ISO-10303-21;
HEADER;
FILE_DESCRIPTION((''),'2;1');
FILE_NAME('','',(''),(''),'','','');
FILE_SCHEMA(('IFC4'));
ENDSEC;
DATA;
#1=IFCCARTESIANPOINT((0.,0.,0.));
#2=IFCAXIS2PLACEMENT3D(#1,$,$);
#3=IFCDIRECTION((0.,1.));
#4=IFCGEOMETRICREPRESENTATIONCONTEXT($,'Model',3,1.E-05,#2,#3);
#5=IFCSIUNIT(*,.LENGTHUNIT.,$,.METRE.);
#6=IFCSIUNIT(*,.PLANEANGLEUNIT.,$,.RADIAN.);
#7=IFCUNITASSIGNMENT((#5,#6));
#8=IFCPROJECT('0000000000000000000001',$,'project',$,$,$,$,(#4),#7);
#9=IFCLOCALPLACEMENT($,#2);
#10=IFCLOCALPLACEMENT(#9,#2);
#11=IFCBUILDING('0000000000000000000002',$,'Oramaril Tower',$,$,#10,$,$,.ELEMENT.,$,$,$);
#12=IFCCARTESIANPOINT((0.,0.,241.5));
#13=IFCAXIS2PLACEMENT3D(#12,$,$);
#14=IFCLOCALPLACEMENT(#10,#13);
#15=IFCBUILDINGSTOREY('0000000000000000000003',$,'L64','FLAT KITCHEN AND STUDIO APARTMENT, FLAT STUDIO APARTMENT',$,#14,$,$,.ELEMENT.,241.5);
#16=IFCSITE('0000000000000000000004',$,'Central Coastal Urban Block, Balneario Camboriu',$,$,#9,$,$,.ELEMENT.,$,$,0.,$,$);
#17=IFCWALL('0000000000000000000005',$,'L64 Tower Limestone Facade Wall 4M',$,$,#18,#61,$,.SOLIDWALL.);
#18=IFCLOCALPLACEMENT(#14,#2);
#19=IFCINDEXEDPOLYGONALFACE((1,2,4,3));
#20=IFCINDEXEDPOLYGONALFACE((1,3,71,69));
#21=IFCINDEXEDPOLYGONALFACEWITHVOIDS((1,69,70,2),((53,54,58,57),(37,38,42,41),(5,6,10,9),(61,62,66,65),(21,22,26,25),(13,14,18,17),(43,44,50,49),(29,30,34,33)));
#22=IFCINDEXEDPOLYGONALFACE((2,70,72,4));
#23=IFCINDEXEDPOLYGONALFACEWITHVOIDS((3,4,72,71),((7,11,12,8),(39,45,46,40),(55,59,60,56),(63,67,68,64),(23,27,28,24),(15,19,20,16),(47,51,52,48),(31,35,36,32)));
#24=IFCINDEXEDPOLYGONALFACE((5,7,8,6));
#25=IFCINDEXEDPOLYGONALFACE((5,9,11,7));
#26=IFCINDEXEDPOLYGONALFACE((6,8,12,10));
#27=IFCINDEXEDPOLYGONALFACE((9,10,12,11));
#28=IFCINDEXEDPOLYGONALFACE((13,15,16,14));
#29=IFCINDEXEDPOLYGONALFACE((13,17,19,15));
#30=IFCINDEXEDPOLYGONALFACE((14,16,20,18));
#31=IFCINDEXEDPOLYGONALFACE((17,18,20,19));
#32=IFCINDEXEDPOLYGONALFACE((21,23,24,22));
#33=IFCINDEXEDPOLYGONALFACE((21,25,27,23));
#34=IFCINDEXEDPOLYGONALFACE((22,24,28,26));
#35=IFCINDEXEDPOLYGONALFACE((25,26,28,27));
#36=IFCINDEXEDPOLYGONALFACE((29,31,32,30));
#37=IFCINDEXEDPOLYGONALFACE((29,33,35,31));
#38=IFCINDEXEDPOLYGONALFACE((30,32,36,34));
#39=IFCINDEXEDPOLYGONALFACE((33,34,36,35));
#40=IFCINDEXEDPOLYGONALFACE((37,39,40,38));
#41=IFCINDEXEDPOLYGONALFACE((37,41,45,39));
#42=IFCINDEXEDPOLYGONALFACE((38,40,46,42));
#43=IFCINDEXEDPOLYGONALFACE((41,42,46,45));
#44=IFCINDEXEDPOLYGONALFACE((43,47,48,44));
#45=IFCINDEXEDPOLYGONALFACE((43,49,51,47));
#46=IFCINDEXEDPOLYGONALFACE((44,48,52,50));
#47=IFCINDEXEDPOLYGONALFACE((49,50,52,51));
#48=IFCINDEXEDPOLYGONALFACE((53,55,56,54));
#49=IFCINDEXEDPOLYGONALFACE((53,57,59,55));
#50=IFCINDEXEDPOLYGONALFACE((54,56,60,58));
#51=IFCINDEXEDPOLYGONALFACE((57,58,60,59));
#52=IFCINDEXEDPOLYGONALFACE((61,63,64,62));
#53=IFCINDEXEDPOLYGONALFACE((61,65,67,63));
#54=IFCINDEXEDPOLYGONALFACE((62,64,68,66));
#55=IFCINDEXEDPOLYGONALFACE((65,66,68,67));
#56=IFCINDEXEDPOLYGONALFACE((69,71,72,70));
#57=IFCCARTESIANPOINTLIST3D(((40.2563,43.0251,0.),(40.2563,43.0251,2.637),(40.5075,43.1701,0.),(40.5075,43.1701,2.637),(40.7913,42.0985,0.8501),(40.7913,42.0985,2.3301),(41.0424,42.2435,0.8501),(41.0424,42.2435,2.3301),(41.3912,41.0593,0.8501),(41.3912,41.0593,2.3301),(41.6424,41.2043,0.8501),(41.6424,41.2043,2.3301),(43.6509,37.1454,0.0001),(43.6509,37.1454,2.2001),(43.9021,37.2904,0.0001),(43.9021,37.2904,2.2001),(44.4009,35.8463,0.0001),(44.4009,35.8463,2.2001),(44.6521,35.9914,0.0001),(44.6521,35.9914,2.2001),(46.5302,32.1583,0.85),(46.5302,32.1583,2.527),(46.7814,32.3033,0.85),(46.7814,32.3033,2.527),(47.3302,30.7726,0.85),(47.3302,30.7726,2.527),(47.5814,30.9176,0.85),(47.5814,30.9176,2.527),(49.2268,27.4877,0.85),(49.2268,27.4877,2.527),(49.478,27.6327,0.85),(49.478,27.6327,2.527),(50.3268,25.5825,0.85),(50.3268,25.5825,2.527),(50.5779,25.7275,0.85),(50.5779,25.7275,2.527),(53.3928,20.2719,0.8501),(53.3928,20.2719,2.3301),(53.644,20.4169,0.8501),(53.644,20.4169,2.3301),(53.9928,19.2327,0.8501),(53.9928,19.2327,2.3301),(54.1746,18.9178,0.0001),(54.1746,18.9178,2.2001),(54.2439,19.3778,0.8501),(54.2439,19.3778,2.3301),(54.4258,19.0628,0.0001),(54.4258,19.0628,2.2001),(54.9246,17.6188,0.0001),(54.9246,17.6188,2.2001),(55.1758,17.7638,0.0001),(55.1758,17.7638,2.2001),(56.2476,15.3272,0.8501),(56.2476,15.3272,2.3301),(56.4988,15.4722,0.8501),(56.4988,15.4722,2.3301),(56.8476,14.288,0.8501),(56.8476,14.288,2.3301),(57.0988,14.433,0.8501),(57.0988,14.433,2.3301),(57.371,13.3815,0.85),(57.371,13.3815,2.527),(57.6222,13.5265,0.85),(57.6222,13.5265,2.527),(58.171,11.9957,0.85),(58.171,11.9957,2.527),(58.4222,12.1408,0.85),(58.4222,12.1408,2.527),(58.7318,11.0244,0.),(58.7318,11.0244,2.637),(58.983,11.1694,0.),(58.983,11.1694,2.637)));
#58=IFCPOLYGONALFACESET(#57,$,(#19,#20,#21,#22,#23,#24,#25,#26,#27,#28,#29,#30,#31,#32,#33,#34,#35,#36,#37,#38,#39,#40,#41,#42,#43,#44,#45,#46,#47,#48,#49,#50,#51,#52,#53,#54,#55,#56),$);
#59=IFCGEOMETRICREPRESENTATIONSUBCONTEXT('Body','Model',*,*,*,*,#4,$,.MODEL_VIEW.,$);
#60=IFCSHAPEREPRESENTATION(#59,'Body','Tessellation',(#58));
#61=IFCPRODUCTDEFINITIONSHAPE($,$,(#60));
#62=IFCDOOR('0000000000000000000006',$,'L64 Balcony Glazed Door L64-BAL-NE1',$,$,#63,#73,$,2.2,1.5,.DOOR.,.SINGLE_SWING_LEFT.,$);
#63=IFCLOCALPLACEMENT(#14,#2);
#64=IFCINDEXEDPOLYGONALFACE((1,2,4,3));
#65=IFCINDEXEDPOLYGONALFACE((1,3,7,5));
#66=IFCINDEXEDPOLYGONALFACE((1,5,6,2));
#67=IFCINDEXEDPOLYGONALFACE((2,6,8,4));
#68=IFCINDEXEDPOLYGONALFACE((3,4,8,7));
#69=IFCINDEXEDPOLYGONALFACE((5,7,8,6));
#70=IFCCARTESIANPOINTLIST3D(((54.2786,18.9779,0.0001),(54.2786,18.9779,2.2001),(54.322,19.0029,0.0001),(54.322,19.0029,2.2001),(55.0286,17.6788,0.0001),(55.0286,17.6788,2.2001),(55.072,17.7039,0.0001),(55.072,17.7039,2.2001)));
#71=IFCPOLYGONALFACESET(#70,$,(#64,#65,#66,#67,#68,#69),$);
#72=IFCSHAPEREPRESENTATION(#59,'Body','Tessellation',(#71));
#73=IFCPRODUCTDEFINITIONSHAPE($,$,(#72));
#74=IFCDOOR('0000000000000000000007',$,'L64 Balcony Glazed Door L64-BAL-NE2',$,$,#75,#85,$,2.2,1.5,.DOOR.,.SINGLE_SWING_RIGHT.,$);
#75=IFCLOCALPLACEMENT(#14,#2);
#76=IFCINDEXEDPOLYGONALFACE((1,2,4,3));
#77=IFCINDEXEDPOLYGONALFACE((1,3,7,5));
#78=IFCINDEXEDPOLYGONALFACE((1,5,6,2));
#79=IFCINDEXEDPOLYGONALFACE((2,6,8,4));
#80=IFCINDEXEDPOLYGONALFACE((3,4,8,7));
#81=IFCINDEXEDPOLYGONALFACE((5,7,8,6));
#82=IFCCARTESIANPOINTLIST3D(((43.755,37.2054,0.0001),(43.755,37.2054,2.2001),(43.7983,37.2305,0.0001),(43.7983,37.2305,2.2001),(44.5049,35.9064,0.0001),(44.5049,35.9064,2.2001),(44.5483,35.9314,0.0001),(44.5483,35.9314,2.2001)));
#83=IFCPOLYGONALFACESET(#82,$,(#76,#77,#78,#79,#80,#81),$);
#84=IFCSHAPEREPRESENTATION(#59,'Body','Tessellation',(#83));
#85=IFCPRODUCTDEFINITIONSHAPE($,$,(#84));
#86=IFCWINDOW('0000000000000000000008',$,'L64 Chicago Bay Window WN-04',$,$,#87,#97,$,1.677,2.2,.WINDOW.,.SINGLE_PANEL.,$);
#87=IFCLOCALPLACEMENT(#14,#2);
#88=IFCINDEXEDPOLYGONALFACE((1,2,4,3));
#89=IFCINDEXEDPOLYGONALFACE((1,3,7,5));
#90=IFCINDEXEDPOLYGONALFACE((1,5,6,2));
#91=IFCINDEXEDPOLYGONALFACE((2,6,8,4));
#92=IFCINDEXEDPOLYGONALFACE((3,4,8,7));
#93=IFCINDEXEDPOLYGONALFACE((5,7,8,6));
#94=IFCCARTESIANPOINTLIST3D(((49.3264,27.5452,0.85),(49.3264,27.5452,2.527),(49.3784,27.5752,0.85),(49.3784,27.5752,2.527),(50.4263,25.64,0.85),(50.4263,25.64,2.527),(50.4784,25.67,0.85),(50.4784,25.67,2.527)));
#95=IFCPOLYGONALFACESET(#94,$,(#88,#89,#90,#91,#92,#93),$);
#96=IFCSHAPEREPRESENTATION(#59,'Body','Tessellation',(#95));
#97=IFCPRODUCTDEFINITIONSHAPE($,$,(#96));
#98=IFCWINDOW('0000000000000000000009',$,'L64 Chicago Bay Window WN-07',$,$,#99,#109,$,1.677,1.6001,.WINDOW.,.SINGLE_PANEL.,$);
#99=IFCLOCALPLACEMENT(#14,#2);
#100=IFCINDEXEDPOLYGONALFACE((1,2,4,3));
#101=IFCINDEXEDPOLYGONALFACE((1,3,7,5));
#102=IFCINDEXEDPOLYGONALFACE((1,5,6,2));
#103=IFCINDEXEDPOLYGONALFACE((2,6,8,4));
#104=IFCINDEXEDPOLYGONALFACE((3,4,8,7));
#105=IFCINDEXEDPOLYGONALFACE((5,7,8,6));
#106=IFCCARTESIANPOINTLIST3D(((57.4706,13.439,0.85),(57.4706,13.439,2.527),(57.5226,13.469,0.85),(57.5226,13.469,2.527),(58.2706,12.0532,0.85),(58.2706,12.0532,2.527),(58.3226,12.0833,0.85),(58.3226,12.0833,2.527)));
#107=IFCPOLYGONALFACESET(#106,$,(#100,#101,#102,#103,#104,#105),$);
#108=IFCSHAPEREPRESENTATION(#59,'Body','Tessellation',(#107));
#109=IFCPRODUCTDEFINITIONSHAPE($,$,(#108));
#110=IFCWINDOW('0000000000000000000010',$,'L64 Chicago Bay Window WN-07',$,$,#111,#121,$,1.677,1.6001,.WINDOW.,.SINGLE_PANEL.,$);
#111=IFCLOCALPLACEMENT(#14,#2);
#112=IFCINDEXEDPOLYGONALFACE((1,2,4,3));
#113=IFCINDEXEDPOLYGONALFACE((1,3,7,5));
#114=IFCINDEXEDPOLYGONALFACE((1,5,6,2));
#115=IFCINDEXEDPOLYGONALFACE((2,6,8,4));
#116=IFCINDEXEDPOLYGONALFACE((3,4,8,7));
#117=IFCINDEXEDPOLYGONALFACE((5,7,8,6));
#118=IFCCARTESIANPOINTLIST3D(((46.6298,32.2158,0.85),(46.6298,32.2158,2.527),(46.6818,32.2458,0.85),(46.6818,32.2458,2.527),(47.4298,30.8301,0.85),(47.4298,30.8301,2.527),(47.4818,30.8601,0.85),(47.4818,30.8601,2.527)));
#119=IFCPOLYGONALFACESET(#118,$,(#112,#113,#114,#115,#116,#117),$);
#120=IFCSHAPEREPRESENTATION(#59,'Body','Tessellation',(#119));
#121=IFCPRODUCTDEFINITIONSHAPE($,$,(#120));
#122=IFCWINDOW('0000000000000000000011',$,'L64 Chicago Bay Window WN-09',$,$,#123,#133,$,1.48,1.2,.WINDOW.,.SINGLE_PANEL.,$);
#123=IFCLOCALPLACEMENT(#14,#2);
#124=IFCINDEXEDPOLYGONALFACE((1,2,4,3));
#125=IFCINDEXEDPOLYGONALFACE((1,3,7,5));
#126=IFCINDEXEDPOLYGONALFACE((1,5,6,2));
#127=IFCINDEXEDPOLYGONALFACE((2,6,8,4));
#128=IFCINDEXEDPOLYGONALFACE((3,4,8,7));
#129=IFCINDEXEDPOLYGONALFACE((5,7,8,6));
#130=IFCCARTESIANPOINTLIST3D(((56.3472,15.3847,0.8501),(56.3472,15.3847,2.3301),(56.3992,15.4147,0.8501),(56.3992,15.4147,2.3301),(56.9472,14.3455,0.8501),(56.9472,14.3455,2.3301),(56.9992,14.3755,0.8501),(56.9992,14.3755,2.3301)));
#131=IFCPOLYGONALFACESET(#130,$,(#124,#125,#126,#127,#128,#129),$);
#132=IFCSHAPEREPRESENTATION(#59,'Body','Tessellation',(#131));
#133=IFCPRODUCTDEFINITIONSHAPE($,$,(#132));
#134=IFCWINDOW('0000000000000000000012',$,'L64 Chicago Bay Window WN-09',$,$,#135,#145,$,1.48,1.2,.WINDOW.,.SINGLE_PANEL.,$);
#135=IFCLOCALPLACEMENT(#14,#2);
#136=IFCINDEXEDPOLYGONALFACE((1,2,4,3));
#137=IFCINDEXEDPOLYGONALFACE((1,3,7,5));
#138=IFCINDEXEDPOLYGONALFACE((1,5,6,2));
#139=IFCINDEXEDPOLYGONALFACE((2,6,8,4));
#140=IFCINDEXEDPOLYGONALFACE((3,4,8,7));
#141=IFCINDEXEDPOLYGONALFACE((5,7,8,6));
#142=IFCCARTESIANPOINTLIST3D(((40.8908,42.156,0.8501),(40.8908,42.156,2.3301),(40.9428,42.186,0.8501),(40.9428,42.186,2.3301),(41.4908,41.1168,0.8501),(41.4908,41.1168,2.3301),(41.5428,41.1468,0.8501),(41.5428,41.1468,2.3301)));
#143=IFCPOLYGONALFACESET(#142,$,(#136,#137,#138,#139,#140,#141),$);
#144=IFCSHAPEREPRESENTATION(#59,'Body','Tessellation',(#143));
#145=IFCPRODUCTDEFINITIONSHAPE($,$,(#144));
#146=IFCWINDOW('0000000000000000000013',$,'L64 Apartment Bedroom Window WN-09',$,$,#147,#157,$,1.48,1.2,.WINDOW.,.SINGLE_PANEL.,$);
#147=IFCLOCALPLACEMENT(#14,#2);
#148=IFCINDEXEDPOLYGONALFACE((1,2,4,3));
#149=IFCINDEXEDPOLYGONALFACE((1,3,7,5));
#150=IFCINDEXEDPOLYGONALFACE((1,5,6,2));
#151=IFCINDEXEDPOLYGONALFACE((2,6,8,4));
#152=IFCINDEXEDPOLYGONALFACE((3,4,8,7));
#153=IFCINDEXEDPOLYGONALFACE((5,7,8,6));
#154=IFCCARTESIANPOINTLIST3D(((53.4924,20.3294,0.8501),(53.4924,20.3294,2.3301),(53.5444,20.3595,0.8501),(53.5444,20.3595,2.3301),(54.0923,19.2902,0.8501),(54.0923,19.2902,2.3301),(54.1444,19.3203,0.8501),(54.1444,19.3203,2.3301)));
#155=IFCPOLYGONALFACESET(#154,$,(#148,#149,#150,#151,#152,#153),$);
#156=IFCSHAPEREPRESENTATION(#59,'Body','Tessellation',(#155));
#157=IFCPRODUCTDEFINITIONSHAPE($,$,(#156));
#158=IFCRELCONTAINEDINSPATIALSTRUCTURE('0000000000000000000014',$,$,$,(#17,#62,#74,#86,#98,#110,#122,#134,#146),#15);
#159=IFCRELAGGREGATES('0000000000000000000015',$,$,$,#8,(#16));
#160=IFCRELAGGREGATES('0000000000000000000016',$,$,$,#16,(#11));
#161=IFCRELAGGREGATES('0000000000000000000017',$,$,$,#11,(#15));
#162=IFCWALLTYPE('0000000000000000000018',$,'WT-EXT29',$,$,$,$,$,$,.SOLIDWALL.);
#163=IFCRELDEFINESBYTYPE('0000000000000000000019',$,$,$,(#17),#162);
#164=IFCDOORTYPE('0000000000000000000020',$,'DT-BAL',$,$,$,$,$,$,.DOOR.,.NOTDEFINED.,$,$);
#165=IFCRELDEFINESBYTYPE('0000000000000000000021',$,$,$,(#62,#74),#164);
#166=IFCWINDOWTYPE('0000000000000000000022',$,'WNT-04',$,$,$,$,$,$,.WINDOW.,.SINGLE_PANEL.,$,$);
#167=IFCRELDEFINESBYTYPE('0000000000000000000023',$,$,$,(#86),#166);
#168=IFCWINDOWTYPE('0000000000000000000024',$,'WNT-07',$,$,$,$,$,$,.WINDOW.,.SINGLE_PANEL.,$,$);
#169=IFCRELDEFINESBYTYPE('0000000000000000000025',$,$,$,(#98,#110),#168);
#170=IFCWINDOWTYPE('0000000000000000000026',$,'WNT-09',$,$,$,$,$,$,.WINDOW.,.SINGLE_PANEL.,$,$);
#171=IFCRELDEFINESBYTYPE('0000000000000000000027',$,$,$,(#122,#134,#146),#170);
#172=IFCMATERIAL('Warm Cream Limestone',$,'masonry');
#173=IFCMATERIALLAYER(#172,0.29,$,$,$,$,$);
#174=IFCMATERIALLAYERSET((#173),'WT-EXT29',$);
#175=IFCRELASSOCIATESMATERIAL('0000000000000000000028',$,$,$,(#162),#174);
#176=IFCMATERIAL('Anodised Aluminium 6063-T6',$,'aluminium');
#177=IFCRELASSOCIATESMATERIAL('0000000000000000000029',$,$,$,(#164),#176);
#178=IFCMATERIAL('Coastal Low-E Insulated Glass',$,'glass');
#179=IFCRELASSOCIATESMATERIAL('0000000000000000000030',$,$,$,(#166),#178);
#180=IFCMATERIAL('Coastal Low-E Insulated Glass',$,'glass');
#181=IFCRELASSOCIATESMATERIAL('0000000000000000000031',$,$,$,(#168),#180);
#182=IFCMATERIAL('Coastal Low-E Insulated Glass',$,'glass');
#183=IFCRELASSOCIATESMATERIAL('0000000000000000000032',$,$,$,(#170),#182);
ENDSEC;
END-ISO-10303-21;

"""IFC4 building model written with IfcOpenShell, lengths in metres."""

from ifc_helpers import new_model, si_unit, direction, frame, frame_2d, origin, place, context, subcontext, project, spatial, rectangle, extrude, material, layer, layer_set, type_object, element, fill, save


model = new_model("IFC4")

# Units and contexts
model_context = context("Model", 3, precision=1e-05, world=origin(), true_north=direction((0.0, 1.0)))
body_context = subcontext(model_context, "Body", "Model", "MODEL_VIEW")
ifc_project = project(units=[si_unit("LENGTHUNIT", "METRE"), si_unit("PLANEANGLEUNIT", "RADIAN")], contexts=[model_context])

# Site, building, storey
site_placement = place(None, origin())
site = spatial("IfcSite", under=ifc_project, at=site_placement, Name="Central Coastal Urban Block, Balneario Camboriu", CompositionType="ELEMENT", RefElevation=0.0)
building_placement = place(site_placement, origin())
building = spatial("IfcBuilding", under=site, at=building_placement, Name="Oramaril Tower", CompositionType="ELEMENT")
storey_placement = place(building_placement, frame((0.0, 0.0, 241.5)))
storey = spatial("IfcBuildingStorey", under=building, at=storey_placement, Name="L64", Description="FLAT KITCHEN AND STUDIO APARTMENT, FLAT STUDIO APARTMENT", CompositionType="ELEMENT", Elevation=241.5)

# Wall, openings, doors, windows
ifc_material_1 = material(Name="Warm Cream Limestone", Category="masonry")
ifc_layer_1 = layer(ifc_material_1, 0.29)
ifc_layer_set_1 = layer_set([ifc_layer_1], Name="WT-EXT29")
wall_type_1 = type_object("IfcWallType", Name="WT-EXT29", PredefinedType="SOLIDWALL", material=ifc_layer_set_1)
wall_1_placement = place(storey_placement, frame((58.8574, 11.0969, 0.0), z_axis=(0.0, 0.0, 1.0), x_axis=(-0.499999, 0.866026, 0.0)))
wall_1 = element("IfcWall", 1, at=wall_1_placement, inside=storey, type_object=wall_type_1, Name="L64 Tower Limestone Facade Wall 4M", PredefinedType="SOLIDWALL", context=body_context, shape_type="SweptSolid", body=[
    extrude(rectangle(XDim=36.9512, YDim=0.29, at=frame_2d((18.4756, 0.0))), origin(), (0.0, 0.0, 1.0), 2.637),
])
opening_1_placement = place(wall_1_placement, frame((7.6145, 0.0, 0.0)))
opening_1 = element("IfcOpeningElement", 2, at=opening_1_placement, cuts=wall_1, PredefinedType="OPENING", context=body_context, shape_type="SweptSolid", body=[
    extrude(rectangle(XDim=1.5, YDim=2.2, at=frame_2d((0.75, 1.1001))), frame((0.0, 0.145, 0.0), z_axis=(0.0, -1.0, 0.0), x_axis=(1.0, 0.0, 0.0)), (0.0, 0.0, 1.0), 0.29),
])
opening_2_placement = place(wall_1_placement, frame((28.6619, 0.0, 0.0)))
opening_2 = element("IfcOpeningElement", 3, at=opening_2_placement, cuts=wall_1, PredefinedType="OPENING", context=body_context, shape_type="SweptSolid", body=[
    extrude(rectangle(XDim=1.5, YDim=2.2, at=frame_2d((0.75, 1.1001))), frame((0.0, 0.145, 0.0), z_axis=(0.0, -1.0, 0.0), x_axis=(1.0, 0.0, 0.0)), (0.0, 0.0, 1.0), 0.29),
])
opening_3_placement = place(wall_1_placement, frame((3.7683, 0.0, 0.8501)))
opening_3 = element("IfcOpeningElement", 4, at=opening_3_placement, cuts=wall_1, PredefinedType="OPENING", context=body_context, shape_type="SweptSolid", body=[
    extrude(rectangle(XDim=1.2, YDim=1.48, at=frame_2d((0.6001, 0.74))), frame((0.0, 0.145, 0.0), z_axis=(0.0, -1.0, 0.0), x_axis=(1.0, 0.0, 0.0)), (0.0, 0.0, 1.0), 0.29),
])
opening_4_placement = place(wall_1_placement, frame((1.1216, 0.0, 0.8501)))
opening_4 = element("IfcOpeningElement", 5, at=opening_4_placement, cuts=wall_1, PredefinedType="OPENING", context=body_context, shape_type="SweptSolid", body=[
    extrude(rectangle(XDim=1.6001, YDim=1.677, at=frame_2d((0.8, 0.8384))), frame((0.0, 0.145, 0.0), z_axis=(0.0, -1.0, 0.0), x_axis=(1.0, 0.0, 0.0)), (0.0, 0.0, 1.0), 0.29),
])
opening_5_placement = place(wall_1_placement, frame((34.6812, 0.0, 0.8501)))
opening_5 = element("IfcOpeningElement", 6, at=opening_5_placement, cuts=wall_1, PredefinedType="OPENING", context=body_context, shape_type="SweptSolid", body=[
    extrude(rectangle(XDim=1.2, YDim=1.48, at=frame_2d((0.6001, 0.74))), frame((0.0, 0.145, 0.0), z_axis=(0.0, -1.0, 0.0), x_axis=(1.0, 0.0, 0.0)), (0.0, 0.0, 1.0), 0.29),
])
opening_6_placement = place(wall_1_placement, frame((16.8101, 0.0, 0.8501)))
opening_6 = element("IfcOpeningElement", 7, at=opening_6_placement, cuts=wall_1, PredefinedType="OPENING", context=body_context, shape_type="SweptSolid", body=[
    extrude(rectangle(XDim=2.2, YDim=1.677, at=frame_2d((1.1001, 0.8384))), frame((0.0, 0.145, 0.0), z_axis=(0.0, -1.0, 0.0), x_axis=(1.0, 0.0, 0.0)), (0.0, 0.0, 1.0), 0.29),
])
opening_7_placement = place(wall_1_placement, frame((22.8032, 0.0, 0.8501)))
opening_7 = element("IfcOpeningElement", 8, at=opening_7_placement, cuts=wall_1, PredefinedType="OPENING", context=body_context, shape_type="SweptSolid", body=[
    extrude(rectangle(XDim=1.6001, YDim=1.677, at=frame_2d((0.8, 0.8384))), frame((0.0, 0.145, 0.0), z_axis=(0.0, -1.0, 0.0), x_axis=(1.0, 0.0, 0.0)), (0.0, 0.0, 1.0), 0.29),
])
opening_8_placement = place(wall_1_placement, frame((9.478, 0.0, 0.8501)))
opening_8 = element("IfcOpeningElement", 9, at=opening_8_placement, cuts=wall_1, PredefinedType="OPENING", context=body_context, shape_type="SweptSolid", body=[
    extrude(rectangle(XDim=1.2, YDim=1.48, at=frame_2d((0.6001, 0.74))), frame((0.0, 0.145, 0.0), z_axis=(0.0, -1.0, 0.0), x_axis=(1.0, 0.0, 0.0)), (0.0, 0.0, 1.0), 0.29),
])
ifc_material_2 = material(Name="Anodised Aluminium 6063-T6", Category="aluminium")
door_type = type_object("IfcDoorType", Name="DT-BAL", OperationType="NOTDEFINED", PredefinedType="DOOR", material=ifc_material_2)
door_1_placement = place(opening_1_placement, origin())
door_1 = element("IfcDoor", 10, at=door_1_placement, inside=storey, type_object=door_type, Name="L64 Balcony Glazed Door L64-BAL-NE1", OperationType="SINGLE_SWING_LEFT", OverallHeight=2.2, OverallWidth=1.5, PredefinedType="DOOR", context=body_context, shape_type="SweptSolid", body=[
    extrude(rectangle(XDim=1.5, YDim=2.2, at=frame_2d((0.75, 1.1001))), frame((0.0, 0.0249, 0.0), z_axis=(0.0, -1.0, 0.0), x_axis=(1.0, 0.0, 0.0)), (0.0, 0.0, 1.0), 0.05),
])
fill(opening_1, door_1)
door_2_placement = place(opening_2_placement, origin())
door_2 = element("IfcDoor", 11, at=door_2_placement, inside=storey, type_object=door_type, Name="L64 Balcony Glazed Door L64-BAL-NE2", OperationType="SINGLE_SWING_RIGHT", OverallHeight=2.2, OverallWidth=1.5, PredefinedType="DOOR", context=body_context, shape_type="SweptSolid", body=[
    extrude(rectangle(XDim=1.5, YDim=2.2, at=frame_2d((0.75, 1.1001))), frame((0.0, 0.0249, 0.0), z_axis=(0.0, -1.0, 0.0), x_axis=(1.0, 0.0, 0.0)), (0.0, 0.0, 1.0), 0.05),
])
fill(opening_2, door_2)
ifc_material_3 = material(Name="Coastal Low-E Insulated Glass", Category="glass")
window_type_1 = type_object("IfcWindowType", Name="WNT-04", PartitioningType="SINGLE_PANEL", PredefinedType="WINDOW", material=ifc_material_3)
window_1_placement = place(opening_6_placement, origin())
window_1 = element("IfcWindow", 12, at=window_1_placement, inside=storey, type_object=window_type_1, Name="L64 Chicago Bay Window WN-04", OverallHeight=1.677, OverallWidth=2.2, PartitioningType="SINGLE_PANEL", PredefinedType="WINDOW", context=body_context, shape_type="SweptSolid", body=[
    extrude(rectangle(XDim=2.2, YDim=1.677, at=frame_2d((1.1001, 0.8384))), frame((0.0, 0.03, 0.0), z_axis=(0.0, -1.0, 0.0), x_axis=(1.0, 0.0, 0.0)), (0.0, 0.0, 1.0), 0.0601),
])
fill(opening_6, window_1)
ifc_material_4 = material(Name="Coastal Low-E Insulated Glass", Category="glass")
window_type_2 = type_object("IfcWindowType", Name="WNT-07", PartitioningType="SINGLE_PANEL", PredefinedType="WINDOW", material=ifc_material_4)
window_2_placement = place(opening_4_placement, origin())
window_2 = element("IfcWindow", 13, at=window_2_placement, inside=storey, type_object=window_type_2, Name="L64 Chicago Bay Window WN-07", OverallHeight=1.677, OverallWidth=1.6001, PartitioningType="SINGLE_PANEL", PredefinedType="WINDOW", context=body_context, shape_type="SweptSolid", body=[
    extrude(rectangle(XDim=1.6001, YDim=1.677, at=frame_2d((0.8, 0.8384))), frame((0.0, 0.03, 0.0), z_axis=(0.0, -1.0, 0.0), x_axis=(1.0, 0.0, 0.0)), (0.0, 0.0, 1.0), 0.0601),
])
fill(opening_4, window_2)
window_3_placement = place(opening_7_placement, origin())
window_3 = element("IfcWindow", 14, at=window_3_placement, inside=storey, type_object=window_type_2, Name="L64 Chicago Bay Window WN-07", OverallHeight=1.677, OverallWidth=1.6001, PartitioningType="SINGLE_PANEL", PredefinedType="WINDOW", context=body_context, shape_type="SweptSolid", body=[
    extrude(rectangle(XDim=1.6001, YDim=1.677, at=frame_2d((0.8, 0.8384))), frame((0.0, 0.03, 0.0), z_axis=(0.0, -1.0, 0.0), x_axis=(1.0, 0.0, 0.0)), (0.0, 0.0, 1.0), 0.0601),
])
fill(opening_7, window_3)
ifc_material_5 = material(Name="Coastal Low-E Insulated Glass", Category="glass")
window_type_3 = type_object("IfcWindowType", Name="WNT-09", PartitioningType="SINGLE_PANEL", PredefinedType="WINDOW", material=ifc_material_5)
window_4_placement = place(opening_3_placement, origin())
window_4 = element("IfcWindow", 15, at=window_4_placement, inside=storey, type_object=window_type_3, Name="L64 Chicago Bay Window WN-09", OverallHeight=1.48, OverallWidth=1.2, PartitioningType="SINGLE_PANEL", PredefinedType="WINDOW", context=body_context, shape_type="SweptSolid", body=[
    extrude(rectangle(XDim=1.2, YDim=1.48, at=frame_2d((0.6001, 0.74))), frame((0.0, 0.03, 0.0), z_axis=(0.0, -1.0, 0.0), x_axis=(1.0, 0.0, 0.0)), (0.0, 0.0, 1.0), 0.0601),
])
fill(opening_3, window_4)
window_5_placement = place(opening_5_placement, origin())
window_5 = element("IfcWindow", 16, at=window_5_placement, inside=storey, type_object=window_type_3, Name="L64 Chicago Bay Window WN-09", OverallHeight=1.48, OverallWidth=1.2, PartitioningType="SINGLE_PANEL", PredefinedType="WINDOW", context=body_context, shape_type="SweptSolid", body=[
    extrude(rectangle(XDim=1.2, YDim=1.48, at=frame_2d((0.6001, 0.74))), frame((0.0, 0.03, 0.0), z_axis=(0.0, -1.0, 0.0), x_axis=(1.0, 0.0, 0.0)), (0.0, 0.0, 1.0), 0.0601),
])
fill(opening_5, window_5)
window_6_placement = place(opening_8_placement, origin())
window_6 = element("IfcWindow", 17, at=window_6_placement, inside=storey, type_object=window_type_3, Name="L64 Apartment Bedroom Window WN-09", OverallHeight=1.48, OverallWidth=1.2, PartitioningType="SINGLE_PANEL", PredefinedType="WINDOW", context=body_context, shape_type="SweptSolid", body=[
    extrude(rectangle(XDim=1.2, YDim=1.48, at=frame_2d((0.6001, 0.74))), frame((0.0, 0.03, 0.0), z_axis=(0.0, -1.0, 0.0), x_axis=(1.0, 0.0, 0.0)), (0.0, 0.0, 1.0), 0.0601),
])
fill(opening_8, window_6)

save(model, "model.ifc")
